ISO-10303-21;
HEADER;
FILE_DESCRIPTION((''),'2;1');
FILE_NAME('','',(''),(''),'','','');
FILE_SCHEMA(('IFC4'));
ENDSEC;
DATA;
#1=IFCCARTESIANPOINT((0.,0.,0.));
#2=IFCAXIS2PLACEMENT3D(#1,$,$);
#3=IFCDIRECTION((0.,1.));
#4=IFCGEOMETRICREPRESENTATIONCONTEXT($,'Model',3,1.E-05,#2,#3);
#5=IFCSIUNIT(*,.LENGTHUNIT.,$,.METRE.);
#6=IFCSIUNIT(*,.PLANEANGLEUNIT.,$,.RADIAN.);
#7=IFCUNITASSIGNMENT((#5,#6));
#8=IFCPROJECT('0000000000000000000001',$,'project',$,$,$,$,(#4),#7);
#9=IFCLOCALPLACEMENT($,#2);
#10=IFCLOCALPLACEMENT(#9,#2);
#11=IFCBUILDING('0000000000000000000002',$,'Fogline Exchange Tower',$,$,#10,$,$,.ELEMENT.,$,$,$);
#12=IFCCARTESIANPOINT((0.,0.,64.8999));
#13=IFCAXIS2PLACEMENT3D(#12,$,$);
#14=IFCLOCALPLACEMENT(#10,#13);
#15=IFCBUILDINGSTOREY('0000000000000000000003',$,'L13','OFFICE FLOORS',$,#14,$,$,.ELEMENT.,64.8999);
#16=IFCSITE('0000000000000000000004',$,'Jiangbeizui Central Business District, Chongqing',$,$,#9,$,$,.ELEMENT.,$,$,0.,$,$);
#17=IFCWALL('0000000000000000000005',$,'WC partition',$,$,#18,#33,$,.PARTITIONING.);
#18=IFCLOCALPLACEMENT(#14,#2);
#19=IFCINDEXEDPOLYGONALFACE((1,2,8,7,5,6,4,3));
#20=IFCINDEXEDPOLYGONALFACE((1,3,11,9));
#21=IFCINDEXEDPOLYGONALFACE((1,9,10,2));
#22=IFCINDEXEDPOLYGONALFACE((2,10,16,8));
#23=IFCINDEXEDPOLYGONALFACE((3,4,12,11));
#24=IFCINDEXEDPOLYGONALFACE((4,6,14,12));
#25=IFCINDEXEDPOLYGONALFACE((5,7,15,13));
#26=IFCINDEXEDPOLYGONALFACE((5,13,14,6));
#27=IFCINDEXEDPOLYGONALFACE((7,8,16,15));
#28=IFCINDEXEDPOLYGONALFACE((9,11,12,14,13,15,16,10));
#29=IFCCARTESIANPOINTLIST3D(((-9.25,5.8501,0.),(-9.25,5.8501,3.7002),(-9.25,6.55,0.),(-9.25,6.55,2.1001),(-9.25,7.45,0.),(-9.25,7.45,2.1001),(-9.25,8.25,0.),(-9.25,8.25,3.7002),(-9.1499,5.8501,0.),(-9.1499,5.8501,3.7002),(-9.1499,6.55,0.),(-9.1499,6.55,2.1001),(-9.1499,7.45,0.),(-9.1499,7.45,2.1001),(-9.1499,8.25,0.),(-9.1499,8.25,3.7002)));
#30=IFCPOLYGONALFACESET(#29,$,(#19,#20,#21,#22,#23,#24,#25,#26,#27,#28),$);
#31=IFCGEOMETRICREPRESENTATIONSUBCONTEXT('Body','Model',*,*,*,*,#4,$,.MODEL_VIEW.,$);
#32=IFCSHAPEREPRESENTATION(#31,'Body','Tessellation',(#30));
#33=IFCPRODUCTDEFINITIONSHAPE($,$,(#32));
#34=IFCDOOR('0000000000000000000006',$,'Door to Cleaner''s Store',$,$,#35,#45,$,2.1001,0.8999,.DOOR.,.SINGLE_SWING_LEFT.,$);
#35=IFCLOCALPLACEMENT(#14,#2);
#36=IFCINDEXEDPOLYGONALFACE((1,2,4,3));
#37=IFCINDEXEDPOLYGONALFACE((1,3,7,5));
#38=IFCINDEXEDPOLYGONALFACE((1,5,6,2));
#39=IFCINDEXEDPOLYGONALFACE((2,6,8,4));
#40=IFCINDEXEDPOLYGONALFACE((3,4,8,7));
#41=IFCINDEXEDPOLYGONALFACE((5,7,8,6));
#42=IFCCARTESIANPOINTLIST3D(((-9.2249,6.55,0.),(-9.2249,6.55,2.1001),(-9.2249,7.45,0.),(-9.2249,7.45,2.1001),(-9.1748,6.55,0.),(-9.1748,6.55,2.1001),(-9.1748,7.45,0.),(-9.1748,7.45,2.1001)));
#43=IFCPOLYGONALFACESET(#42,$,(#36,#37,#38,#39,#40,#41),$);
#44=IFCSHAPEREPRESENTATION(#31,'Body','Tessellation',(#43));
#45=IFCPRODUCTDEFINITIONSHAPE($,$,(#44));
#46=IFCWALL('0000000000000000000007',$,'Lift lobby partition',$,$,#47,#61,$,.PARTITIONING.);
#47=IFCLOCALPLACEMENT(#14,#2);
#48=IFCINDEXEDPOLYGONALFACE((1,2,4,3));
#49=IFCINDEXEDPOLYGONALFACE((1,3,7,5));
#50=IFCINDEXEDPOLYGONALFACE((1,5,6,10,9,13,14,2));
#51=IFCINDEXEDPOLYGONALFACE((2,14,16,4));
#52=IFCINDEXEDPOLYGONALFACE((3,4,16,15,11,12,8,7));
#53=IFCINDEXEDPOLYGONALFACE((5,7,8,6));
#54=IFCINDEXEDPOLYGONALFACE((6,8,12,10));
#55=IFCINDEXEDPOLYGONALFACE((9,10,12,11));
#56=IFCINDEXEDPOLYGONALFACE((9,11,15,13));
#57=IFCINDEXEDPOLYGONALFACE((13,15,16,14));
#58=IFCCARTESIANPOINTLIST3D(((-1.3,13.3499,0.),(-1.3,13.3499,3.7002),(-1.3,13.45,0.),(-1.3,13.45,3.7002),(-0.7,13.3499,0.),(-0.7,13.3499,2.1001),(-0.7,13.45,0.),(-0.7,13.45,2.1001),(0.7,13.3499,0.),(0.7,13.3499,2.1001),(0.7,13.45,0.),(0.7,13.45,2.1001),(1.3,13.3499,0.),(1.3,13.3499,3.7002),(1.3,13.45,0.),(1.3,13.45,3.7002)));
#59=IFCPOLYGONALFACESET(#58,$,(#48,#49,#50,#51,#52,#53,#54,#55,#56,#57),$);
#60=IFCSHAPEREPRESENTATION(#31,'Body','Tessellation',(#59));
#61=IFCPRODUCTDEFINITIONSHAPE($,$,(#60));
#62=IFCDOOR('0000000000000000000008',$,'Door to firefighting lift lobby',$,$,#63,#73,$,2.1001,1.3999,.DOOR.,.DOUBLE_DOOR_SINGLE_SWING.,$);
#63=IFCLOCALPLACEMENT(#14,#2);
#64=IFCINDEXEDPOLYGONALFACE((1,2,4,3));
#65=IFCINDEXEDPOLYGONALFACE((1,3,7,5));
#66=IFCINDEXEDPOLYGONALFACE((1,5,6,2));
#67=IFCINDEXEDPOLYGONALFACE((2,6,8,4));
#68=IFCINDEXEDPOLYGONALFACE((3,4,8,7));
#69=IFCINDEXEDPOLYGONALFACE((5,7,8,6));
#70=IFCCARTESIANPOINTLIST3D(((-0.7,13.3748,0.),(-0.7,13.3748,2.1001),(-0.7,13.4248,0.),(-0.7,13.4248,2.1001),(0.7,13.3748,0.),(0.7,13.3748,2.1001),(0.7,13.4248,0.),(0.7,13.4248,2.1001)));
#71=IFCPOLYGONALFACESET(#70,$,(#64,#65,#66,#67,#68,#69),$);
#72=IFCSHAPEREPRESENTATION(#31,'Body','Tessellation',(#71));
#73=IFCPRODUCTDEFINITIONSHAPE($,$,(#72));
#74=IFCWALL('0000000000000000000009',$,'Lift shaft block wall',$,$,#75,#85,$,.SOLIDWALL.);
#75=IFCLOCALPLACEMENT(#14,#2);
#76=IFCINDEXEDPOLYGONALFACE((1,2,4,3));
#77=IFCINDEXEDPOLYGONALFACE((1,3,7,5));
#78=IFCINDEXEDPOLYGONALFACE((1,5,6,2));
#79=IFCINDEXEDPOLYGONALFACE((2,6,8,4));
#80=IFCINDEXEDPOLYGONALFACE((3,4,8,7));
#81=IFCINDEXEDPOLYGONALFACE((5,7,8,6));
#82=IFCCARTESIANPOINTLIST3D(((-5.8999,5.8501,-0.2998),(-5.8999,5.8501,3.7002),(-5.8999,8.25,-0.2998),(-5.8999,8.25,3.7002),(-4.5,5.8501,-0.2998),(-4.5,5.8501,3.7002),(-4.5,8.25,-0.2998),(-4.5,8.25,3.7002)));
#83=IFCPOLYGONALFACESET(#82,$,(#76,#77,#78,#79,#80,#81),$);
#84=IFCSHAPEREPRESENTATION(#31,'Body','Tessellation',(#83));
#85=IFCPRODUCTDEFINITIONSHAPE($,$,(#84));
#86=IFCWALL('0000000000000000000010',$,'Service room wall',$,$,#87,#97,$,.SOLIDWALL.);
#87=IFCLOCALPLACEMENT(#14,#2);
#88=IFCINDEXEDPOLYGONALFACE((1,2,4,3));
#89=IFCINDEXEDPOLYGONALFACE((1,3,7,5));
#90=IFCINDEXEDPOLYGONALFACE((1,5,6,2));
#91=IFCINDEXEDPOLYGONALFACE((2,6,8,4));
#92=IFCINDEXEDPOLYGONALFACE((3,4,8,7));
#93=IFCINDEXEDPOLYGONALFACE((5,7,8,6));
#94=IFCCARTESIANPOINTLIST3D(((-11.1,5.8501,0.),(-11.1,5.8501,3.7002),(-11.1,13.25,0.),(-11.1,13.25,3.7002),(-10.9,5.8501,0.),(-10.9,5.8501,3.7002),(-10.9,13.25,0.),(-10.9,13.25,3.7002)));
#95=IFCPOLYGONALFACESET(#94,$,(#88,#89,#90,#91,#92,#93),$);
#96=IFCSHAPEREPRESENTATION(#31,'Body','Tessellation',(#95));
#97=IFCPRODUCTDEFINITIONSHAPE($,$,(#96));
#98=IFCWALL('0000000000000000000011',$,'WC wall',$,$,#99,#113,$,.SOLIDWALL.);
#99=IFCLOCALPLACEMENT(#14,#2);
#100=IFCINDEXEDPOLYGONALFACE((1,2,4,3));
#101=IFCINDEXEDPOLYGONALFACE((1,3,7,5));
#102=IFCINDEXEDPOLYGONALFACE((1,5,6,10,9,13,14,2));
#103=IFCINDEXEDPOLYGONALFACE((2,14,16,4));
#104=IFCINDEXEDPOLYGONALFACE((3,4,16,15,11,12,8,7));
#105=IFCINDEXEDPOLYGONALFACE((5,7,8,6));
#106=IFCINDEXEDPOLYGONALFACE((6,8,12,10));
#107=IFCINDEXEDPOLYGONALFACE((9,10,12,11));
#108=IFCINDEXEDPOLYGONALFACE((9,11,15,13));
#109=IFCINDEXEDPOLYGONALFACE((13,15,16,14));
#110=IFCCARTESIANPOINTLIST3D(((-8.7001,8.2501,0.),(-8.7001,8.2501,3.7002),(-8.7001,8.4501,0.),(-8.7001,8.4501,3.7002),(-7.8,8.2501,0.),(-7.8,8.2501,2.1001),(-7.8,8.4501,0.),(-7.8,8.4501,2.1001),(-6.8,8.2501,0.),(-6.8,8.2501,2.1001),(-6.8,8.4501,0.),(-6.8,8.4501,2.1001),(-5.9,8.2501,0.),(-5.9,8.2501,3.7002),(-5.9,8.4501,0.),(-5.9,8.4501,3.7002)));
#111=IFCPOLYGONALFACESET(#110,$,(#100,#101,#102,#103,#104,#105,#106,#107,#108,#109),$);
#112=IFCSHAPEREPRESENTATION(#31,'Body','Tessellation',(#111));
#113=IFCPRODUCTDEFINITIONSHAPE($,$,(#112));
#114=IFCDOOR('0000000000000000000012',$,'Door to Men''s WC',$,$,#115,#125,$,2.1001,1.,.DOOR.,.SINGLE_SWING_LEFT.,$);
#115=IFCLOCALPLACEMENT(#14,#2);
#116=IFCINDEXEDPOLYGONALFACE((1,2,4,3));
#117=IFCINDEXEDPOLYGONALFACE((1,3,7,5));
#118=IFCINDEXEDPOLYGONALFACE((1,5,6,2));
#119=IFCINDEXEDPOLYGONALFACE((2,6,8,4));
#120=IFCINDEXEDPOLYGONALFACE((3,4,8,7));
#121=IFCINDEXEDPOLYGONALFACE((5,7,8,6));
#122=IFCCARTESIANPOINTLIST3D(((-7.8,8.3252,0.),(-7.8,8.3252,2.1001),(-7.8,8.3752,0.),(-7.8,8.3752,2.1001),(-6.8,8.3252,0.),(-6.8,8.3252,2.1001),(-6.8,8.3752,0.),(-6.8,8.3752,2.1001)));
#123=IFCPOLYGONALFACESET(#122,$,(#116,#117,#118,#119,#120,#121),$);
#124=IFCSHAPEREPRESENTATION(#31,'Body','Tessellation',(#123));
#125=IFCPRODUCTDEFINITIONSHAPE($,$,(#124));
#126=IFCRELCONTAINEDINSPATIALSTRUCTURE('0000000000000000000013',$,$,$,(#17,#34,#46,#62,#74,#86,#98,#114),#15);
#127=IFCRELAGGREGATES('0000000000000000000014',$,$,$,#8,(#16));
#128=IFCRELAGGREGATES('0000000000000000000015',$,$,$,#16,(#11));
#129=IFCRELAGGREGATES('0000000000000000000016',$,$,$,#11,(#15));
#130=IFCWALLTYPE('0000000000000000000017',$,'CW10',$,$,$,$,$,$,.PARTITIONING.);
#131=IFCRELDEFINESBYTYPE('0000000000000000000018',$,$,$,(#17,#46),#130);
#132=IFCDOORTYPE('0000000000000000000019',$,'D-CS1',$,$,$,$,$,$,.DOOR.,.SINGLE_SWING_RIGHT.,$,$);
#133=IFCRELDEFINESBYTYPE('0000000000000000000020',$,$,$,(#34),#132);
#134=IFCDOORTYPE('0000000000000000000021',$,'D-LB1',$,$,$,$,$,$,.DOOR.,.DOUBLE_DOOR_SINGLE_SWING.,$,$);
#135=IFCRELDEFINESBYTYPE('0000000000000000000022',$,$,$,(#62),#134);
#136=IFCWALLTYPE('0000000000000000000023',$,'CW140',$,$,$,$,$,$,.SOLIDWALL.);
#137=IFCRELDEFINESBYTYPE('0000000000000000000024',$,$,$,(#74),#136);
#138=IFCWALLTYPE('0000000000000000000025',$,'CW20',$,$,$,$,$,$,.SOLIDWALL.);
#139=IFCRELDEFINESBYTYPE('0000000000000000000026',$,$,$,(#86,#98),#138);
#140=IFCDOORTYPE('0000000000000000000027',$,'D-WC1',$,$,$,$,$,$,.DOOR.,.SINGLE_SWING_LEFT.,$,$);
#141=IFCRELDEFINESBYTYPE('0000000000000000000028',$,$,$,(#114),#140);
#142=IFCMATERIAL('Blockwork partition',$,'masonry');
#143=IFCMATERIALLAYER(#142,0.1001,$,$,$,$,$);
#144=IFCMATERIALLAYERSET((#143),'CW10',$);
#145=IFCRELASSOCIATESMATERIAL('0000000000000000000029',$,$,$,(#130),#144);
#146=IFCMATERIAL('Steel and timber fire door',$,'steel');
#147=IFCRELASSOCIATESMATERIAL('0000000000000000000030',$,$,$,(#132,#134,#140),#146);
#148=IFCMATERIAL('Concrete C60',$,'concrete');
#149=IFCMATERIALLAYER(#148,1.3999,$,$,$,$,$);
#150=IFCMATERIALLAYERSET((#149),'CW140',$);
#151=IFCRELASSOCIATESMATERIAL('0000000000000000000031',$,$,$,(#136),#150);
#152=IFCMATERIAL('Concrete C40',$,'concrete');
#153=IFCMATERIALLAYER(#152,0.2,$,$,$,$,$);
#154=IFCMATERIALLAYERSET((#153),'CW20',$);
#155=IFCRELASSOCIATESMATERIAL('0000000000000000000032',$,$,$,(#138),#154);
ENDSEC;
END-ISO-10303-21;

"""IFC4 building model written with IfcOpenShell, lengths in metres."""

from ifc_helpers import new_model, si_unit, direction, frame, frame_2d, origin, place, context, subcontext, project, spatial, rectangle, extrude, material, layer, layer_set, type_object, element, fill, save


model = new_model("IFC4")

# Units and contexts
model_context = context("Model", 3, precision=1e-05, world=origin(), true_north=direction((0.0, 1.0)))
body_context = subcontext(model_context, "Body", "Model", "MODEL_VIEW")
ifc_project = project(units=[si_unit("LENGTHUNIT", "METRE"), si_unit("PLANEANGLEUNIT", "RADIAN")], contexts=[model_context])

# Site, building, storey
site_placement = place(None, origin())
site = spatial("IfcSite", under=ifc_project, at=site_placement, Name="Jiangbeizui Central Business District, Chongqing", CompositionType="ELEMENT", RefElevation=0.0)
building_placement = place(site_placement, origin())
building = spatial("IfcBuilding", under=site, at=building_placement, Name="Fogline Exchange Tower", CompositionType="ELEMENT")
storey_placement = place(building_placement, frame((0.0, 0.0, 64.8999)))
storey = spatial("IfcBuildingStorey", under=building, at=storey_placement, Name="L13", Description="OFFICE FLOORS", CompositionType="ELEMENT", Elevation=64.8999)

# Walls, openings, doors
ifc_material_1 = material(Name="Blockwork partition", Category="masonry")
ifc_layer_1 = layer(ifc_material_1, 0.1001)
ifc_layer_set_1 = layer_set([ifc_layer_1], Name="CW10")
wall_type_1 = type_object("IfcWallType", Name="CW10", PredefinedType="PARTITIONING", material=ifc_layer_set_1)
wall_1_placement = place(storey_placement, frame((-9.2, 5.8501, 0.0), z_axis=(0.0, 0.0, 1.0), x_axis=(0.0, 1.0, 0.0)))
wall_1 = element("IfcWall", 1, at=wall_1_placement, inside=storey, type_object=wall_type_1, Name="WC partition", PredefinedType="PARTITIONING", context=body_context, shape_type="SweptSolid", body=[
    extrude(rectangle(XDim=2.3999, YDim=0.1001, at=frame_2d((1.2, 0.0))), origin(), (0.0, 0.0, 1.0), 3.7002),
])
opening_1_placement = place(wall_1_placement, frame((0.7, 0.0, 0.0)))
opening_1 = element("IfcOpeningElement", 2, at=opening_1_placement, cuts=wall_1, PredefinedType="OPENING", context=body_context, shape_type="SweptSolid", body=[
    extrude(rectangle(XDim=0.8999, YDim=2.1001, at=frame_2d((0.45, 1.05))), frame((0.0, 0.0601, 0.0), z_axis=(0.0, -1.0, 0.0), x_axis=(1.0, 0.0, 0.0)), (0.0, 0.0, 1.0), 0.1201),
])
ifc_material_2 = material(Name="Steel and timber fire door", Category="steel")
door_type_1 = type_object("IfcDoorType", Name="D-CS1", OperationType="SINGLE_SWING_RIGHT", PredefinedType="DOOR", material=ifc_material_2)
door_1_placement = place(opening_1_placement, origin())
door_1 = element("IfcDoor", 3, at=door_1_placement, inside=storey, type_object=door_type_1, Name="Door to Cleaner's Store", OperationType="SINGLE_SWING_LEFT", OverallHeight=2.1001, OverallWidth=0.8999, PredefinedType="DOOR", context=body_context, shape_type="SweptSolid", body=[
    extrude(rectangle(XDim=0.8999, YDim=2.1001, at=frame_2d((0.45, 1.05))), frame((0.0, 0.0249, 0.0), z_axis=(0.0, -1.0, 0.0), x_axis=(1.0, 0.0, 0.0)), (0.0, 0.0, 1.0), 0.05),
])
fill(opening_1, door_1)
wall_2_placement = place(storey_placement, frame((-1.3, 13.3999, 0.0), z_axis=(0.0, 0.0, 1.0), x_axis=(1.0, 0.0, 0.0)))
wall_2 = element("IfcWall", 4, at=wall_2_placement, inside=storey, type_object=wall_type_1, Name="Lift lobby partition", PredefinedType="PARTITIONING", context=body_context, shape_type="SweptSolid", body=[
    extrude(rectangle(XDim=2.6001, YDim=0.1001, at=frame_2d((1.3, 0.0))), origin(), (0.0, 0.0, 1.0), 3.7002),
])
opening_2_placement = place(wall_2_placement, frame((0.6001, 0.0, 0.0)))
opening_2 = element("IfcOpeningElement", 5, at=opening_2_placement, cuts=wall_2, PredefinedType="OPENING", context=body_context, shape_type="SweptSolid", body=[
    extrude(rectangle(XDim=1.3999, YDim=2.1001, at=frame_2d((0.7, 1.05))), frame((0.0, 0.0601, 0.0), z_axis=(0.0, -1.0, 0.0), x_axis=(1.0, 0.0, 0.0)), (0.0, 0.0, 1.0), 0.1201),
])
door_type_2 = type_object("IfcDoorType", Name="D-LB1", OperationType="DOUBLE_DOOR_SINGLE_SWING", PredefinedType="DOOR", material=ifc_material_2)
door_2_placement = place(opening_2_placement, origin())
door_2 = element("IfcDoor", 6, at=door_2_placement, inside=storey, type_object=door_type_2, Name="Door to firefighting lift lobby", OperationType="DOUBLE_DOOR_SINGLE_SWING", OverallHeight=2.1001, OverallWidth=1.3999, PredefinedType="DOOR", context=body_context, shape_type="SweptSolid", body=[
    extrude(rectangle(XDim=1.3999, YDim=2.1001, at=frame_2d((0.7, 1.05))), frame((0.0, 0.0249, 0.0), z_axis=(0.0, -1.0, 0.0), x_axis=(1.0, 0.0, 0.0)), (0.0, 0.0, 1.0), 0.05),
])
fill(opening_2, door_2)

# Walls
ifc_material_3 = material(Name="Concrete C60", Category="concrete")
ifc_layer_2 = layer(ifc_material_3, 1.3999)
ifc_layer_set_2 = layer_set([ifc_layer_2], Name="CW140")
wall_type_2 = type_object("IfcWallType", Name="CW140", PredefinedType="SOLIDWALL", material=ifc_layer_set_2)
wall_3_placement = place(storey_placement, frame((-5.2, 5.8501, -0.2998), z_axis=(0.0, 0.0, 1.0), x_axis=(0.0, 1.0, 0.0)))
element("IfcWall", 7, at=wall_3_placement, inside=storey, type_object=wall_type_2, Name="Lift shaft block wall", PredefinedType="SOLIDWALL", context=body_context, shape_type="SweptSolid", body=[
    extrude(rectangle(XDim=2.3999, YDim=1.3999, at=frame_2d((1.2, 0.0))), origin(), (0.0, 0.0, 1.0), 4.0),
])
ifc_material_4 = material(Name="Concrete C40", Category="concrete")
ifc_layer_3 = layer(ifc_material_4, 0.2)
ifc_layer_set_3 = layer_set([ifc_layer_3], Name="CW20")
wall_type_3 = type_object("IfcWallType", Name="CW20", PredefinedType="SOLIDWALL", material=ifc_layer_set_3)
wall_4_placement = place(storey_placement, frame((-11.0, 5.8501, 0.0), z_axis=(0.0, 0.0, 1.0), x_axis=(0.0, 1.0, 0.0)))
element("IfcWall", 8, at=wall_4_placement, inside=storey, type_object=wall_type_3, Name="Service room wall", PredefinedType="SOLIDWALL", context=body_context, shape_type="SweptSolid", body=[
    extrude(rectangle(XDim=7.3999, YDim=0.2, at=frame_2d((3.7, 0.0))), origin(), (0.0, 0.0, 1.0), 3.7002),
])

# Wall, opening, door
wall_5_placement = place(storey_placement, frame((-8.7, 8.3501, 0.0), z_axis=(0.0, 0.0, 1.0), x_axis=(1.0, 0.0, 0.0)))
wall_5 = element("IfcWall", 9, at=wall_5_placement, inside=storey, type_object=wall_type_3, Name="WC wall", PredefinedType="SOLIDWALL", context=body_context, shape_type="SweptSolid", body=[
    extrude(rectangle(XDim=2.8, YDim=0.2, at=frame_2d((1.3999, 0.0))), origin(), (0.0, 0.0, 1.0), 3.7002),
])
opening_3_placement = place(wall_5_placement, frame((0.8999, 0.0, 0.0)))
opening_3 = element("IfcOpeningElement", 10, at=opening_3_placement, cuts=wall_5, PredefinedType="OPENING", context=body_context, shape_type="SweptSolid", body=[
    extrude(rectangle(XDim=1.0, YDim=2.1001, at=frame_2d((0.5, 1.05))), frame((0.0, 0.1099, 0.0), z_axis=(0.0, -1.0, 0.0), x_axis=(1.0, 0.0, 0.0)), (0.0, 0.0, 1.0), 0.22),
])
door_type_3 = type_object("IfcDoorType", Name="D-WC1", OperationType="SINGLE_SWING_LEFT", PredefinedType="DOOR", material=ifc_material_2)
door_3_placement = place(opening_3_placement, frame((1.0, 0.0, 0.0), z_axis=(0.0, 0.0, 1.0), x_axis=(-1.0, 0.0, 0.0)))
door_3 = element("IfcDoor", 11, at=door_3_placement, inside=storey, type_object=door_type_3, Name="Door to Men's WC", OperationType="SINGLE_SWING_LEFT", OverallHeight=2.1001, OverallWidth=1.0, PredefinedType="DOOR", context=body_context, shape_type="SweptSolid", body=[
    extrude(rectangle(XDim=1.0, YDim=2.1001, at=frame_2d((0.5, 1.05))), frame((0.0, 0.0249, 0.0), z_axis=(0.0, -1.0, 0.0), x_axis=(1.0, 0.0, 0.0)), (0.0, 0.0, 1.0), 0.05),
])
fill(opening_3, door_3)

save(model, "model.ifc")
